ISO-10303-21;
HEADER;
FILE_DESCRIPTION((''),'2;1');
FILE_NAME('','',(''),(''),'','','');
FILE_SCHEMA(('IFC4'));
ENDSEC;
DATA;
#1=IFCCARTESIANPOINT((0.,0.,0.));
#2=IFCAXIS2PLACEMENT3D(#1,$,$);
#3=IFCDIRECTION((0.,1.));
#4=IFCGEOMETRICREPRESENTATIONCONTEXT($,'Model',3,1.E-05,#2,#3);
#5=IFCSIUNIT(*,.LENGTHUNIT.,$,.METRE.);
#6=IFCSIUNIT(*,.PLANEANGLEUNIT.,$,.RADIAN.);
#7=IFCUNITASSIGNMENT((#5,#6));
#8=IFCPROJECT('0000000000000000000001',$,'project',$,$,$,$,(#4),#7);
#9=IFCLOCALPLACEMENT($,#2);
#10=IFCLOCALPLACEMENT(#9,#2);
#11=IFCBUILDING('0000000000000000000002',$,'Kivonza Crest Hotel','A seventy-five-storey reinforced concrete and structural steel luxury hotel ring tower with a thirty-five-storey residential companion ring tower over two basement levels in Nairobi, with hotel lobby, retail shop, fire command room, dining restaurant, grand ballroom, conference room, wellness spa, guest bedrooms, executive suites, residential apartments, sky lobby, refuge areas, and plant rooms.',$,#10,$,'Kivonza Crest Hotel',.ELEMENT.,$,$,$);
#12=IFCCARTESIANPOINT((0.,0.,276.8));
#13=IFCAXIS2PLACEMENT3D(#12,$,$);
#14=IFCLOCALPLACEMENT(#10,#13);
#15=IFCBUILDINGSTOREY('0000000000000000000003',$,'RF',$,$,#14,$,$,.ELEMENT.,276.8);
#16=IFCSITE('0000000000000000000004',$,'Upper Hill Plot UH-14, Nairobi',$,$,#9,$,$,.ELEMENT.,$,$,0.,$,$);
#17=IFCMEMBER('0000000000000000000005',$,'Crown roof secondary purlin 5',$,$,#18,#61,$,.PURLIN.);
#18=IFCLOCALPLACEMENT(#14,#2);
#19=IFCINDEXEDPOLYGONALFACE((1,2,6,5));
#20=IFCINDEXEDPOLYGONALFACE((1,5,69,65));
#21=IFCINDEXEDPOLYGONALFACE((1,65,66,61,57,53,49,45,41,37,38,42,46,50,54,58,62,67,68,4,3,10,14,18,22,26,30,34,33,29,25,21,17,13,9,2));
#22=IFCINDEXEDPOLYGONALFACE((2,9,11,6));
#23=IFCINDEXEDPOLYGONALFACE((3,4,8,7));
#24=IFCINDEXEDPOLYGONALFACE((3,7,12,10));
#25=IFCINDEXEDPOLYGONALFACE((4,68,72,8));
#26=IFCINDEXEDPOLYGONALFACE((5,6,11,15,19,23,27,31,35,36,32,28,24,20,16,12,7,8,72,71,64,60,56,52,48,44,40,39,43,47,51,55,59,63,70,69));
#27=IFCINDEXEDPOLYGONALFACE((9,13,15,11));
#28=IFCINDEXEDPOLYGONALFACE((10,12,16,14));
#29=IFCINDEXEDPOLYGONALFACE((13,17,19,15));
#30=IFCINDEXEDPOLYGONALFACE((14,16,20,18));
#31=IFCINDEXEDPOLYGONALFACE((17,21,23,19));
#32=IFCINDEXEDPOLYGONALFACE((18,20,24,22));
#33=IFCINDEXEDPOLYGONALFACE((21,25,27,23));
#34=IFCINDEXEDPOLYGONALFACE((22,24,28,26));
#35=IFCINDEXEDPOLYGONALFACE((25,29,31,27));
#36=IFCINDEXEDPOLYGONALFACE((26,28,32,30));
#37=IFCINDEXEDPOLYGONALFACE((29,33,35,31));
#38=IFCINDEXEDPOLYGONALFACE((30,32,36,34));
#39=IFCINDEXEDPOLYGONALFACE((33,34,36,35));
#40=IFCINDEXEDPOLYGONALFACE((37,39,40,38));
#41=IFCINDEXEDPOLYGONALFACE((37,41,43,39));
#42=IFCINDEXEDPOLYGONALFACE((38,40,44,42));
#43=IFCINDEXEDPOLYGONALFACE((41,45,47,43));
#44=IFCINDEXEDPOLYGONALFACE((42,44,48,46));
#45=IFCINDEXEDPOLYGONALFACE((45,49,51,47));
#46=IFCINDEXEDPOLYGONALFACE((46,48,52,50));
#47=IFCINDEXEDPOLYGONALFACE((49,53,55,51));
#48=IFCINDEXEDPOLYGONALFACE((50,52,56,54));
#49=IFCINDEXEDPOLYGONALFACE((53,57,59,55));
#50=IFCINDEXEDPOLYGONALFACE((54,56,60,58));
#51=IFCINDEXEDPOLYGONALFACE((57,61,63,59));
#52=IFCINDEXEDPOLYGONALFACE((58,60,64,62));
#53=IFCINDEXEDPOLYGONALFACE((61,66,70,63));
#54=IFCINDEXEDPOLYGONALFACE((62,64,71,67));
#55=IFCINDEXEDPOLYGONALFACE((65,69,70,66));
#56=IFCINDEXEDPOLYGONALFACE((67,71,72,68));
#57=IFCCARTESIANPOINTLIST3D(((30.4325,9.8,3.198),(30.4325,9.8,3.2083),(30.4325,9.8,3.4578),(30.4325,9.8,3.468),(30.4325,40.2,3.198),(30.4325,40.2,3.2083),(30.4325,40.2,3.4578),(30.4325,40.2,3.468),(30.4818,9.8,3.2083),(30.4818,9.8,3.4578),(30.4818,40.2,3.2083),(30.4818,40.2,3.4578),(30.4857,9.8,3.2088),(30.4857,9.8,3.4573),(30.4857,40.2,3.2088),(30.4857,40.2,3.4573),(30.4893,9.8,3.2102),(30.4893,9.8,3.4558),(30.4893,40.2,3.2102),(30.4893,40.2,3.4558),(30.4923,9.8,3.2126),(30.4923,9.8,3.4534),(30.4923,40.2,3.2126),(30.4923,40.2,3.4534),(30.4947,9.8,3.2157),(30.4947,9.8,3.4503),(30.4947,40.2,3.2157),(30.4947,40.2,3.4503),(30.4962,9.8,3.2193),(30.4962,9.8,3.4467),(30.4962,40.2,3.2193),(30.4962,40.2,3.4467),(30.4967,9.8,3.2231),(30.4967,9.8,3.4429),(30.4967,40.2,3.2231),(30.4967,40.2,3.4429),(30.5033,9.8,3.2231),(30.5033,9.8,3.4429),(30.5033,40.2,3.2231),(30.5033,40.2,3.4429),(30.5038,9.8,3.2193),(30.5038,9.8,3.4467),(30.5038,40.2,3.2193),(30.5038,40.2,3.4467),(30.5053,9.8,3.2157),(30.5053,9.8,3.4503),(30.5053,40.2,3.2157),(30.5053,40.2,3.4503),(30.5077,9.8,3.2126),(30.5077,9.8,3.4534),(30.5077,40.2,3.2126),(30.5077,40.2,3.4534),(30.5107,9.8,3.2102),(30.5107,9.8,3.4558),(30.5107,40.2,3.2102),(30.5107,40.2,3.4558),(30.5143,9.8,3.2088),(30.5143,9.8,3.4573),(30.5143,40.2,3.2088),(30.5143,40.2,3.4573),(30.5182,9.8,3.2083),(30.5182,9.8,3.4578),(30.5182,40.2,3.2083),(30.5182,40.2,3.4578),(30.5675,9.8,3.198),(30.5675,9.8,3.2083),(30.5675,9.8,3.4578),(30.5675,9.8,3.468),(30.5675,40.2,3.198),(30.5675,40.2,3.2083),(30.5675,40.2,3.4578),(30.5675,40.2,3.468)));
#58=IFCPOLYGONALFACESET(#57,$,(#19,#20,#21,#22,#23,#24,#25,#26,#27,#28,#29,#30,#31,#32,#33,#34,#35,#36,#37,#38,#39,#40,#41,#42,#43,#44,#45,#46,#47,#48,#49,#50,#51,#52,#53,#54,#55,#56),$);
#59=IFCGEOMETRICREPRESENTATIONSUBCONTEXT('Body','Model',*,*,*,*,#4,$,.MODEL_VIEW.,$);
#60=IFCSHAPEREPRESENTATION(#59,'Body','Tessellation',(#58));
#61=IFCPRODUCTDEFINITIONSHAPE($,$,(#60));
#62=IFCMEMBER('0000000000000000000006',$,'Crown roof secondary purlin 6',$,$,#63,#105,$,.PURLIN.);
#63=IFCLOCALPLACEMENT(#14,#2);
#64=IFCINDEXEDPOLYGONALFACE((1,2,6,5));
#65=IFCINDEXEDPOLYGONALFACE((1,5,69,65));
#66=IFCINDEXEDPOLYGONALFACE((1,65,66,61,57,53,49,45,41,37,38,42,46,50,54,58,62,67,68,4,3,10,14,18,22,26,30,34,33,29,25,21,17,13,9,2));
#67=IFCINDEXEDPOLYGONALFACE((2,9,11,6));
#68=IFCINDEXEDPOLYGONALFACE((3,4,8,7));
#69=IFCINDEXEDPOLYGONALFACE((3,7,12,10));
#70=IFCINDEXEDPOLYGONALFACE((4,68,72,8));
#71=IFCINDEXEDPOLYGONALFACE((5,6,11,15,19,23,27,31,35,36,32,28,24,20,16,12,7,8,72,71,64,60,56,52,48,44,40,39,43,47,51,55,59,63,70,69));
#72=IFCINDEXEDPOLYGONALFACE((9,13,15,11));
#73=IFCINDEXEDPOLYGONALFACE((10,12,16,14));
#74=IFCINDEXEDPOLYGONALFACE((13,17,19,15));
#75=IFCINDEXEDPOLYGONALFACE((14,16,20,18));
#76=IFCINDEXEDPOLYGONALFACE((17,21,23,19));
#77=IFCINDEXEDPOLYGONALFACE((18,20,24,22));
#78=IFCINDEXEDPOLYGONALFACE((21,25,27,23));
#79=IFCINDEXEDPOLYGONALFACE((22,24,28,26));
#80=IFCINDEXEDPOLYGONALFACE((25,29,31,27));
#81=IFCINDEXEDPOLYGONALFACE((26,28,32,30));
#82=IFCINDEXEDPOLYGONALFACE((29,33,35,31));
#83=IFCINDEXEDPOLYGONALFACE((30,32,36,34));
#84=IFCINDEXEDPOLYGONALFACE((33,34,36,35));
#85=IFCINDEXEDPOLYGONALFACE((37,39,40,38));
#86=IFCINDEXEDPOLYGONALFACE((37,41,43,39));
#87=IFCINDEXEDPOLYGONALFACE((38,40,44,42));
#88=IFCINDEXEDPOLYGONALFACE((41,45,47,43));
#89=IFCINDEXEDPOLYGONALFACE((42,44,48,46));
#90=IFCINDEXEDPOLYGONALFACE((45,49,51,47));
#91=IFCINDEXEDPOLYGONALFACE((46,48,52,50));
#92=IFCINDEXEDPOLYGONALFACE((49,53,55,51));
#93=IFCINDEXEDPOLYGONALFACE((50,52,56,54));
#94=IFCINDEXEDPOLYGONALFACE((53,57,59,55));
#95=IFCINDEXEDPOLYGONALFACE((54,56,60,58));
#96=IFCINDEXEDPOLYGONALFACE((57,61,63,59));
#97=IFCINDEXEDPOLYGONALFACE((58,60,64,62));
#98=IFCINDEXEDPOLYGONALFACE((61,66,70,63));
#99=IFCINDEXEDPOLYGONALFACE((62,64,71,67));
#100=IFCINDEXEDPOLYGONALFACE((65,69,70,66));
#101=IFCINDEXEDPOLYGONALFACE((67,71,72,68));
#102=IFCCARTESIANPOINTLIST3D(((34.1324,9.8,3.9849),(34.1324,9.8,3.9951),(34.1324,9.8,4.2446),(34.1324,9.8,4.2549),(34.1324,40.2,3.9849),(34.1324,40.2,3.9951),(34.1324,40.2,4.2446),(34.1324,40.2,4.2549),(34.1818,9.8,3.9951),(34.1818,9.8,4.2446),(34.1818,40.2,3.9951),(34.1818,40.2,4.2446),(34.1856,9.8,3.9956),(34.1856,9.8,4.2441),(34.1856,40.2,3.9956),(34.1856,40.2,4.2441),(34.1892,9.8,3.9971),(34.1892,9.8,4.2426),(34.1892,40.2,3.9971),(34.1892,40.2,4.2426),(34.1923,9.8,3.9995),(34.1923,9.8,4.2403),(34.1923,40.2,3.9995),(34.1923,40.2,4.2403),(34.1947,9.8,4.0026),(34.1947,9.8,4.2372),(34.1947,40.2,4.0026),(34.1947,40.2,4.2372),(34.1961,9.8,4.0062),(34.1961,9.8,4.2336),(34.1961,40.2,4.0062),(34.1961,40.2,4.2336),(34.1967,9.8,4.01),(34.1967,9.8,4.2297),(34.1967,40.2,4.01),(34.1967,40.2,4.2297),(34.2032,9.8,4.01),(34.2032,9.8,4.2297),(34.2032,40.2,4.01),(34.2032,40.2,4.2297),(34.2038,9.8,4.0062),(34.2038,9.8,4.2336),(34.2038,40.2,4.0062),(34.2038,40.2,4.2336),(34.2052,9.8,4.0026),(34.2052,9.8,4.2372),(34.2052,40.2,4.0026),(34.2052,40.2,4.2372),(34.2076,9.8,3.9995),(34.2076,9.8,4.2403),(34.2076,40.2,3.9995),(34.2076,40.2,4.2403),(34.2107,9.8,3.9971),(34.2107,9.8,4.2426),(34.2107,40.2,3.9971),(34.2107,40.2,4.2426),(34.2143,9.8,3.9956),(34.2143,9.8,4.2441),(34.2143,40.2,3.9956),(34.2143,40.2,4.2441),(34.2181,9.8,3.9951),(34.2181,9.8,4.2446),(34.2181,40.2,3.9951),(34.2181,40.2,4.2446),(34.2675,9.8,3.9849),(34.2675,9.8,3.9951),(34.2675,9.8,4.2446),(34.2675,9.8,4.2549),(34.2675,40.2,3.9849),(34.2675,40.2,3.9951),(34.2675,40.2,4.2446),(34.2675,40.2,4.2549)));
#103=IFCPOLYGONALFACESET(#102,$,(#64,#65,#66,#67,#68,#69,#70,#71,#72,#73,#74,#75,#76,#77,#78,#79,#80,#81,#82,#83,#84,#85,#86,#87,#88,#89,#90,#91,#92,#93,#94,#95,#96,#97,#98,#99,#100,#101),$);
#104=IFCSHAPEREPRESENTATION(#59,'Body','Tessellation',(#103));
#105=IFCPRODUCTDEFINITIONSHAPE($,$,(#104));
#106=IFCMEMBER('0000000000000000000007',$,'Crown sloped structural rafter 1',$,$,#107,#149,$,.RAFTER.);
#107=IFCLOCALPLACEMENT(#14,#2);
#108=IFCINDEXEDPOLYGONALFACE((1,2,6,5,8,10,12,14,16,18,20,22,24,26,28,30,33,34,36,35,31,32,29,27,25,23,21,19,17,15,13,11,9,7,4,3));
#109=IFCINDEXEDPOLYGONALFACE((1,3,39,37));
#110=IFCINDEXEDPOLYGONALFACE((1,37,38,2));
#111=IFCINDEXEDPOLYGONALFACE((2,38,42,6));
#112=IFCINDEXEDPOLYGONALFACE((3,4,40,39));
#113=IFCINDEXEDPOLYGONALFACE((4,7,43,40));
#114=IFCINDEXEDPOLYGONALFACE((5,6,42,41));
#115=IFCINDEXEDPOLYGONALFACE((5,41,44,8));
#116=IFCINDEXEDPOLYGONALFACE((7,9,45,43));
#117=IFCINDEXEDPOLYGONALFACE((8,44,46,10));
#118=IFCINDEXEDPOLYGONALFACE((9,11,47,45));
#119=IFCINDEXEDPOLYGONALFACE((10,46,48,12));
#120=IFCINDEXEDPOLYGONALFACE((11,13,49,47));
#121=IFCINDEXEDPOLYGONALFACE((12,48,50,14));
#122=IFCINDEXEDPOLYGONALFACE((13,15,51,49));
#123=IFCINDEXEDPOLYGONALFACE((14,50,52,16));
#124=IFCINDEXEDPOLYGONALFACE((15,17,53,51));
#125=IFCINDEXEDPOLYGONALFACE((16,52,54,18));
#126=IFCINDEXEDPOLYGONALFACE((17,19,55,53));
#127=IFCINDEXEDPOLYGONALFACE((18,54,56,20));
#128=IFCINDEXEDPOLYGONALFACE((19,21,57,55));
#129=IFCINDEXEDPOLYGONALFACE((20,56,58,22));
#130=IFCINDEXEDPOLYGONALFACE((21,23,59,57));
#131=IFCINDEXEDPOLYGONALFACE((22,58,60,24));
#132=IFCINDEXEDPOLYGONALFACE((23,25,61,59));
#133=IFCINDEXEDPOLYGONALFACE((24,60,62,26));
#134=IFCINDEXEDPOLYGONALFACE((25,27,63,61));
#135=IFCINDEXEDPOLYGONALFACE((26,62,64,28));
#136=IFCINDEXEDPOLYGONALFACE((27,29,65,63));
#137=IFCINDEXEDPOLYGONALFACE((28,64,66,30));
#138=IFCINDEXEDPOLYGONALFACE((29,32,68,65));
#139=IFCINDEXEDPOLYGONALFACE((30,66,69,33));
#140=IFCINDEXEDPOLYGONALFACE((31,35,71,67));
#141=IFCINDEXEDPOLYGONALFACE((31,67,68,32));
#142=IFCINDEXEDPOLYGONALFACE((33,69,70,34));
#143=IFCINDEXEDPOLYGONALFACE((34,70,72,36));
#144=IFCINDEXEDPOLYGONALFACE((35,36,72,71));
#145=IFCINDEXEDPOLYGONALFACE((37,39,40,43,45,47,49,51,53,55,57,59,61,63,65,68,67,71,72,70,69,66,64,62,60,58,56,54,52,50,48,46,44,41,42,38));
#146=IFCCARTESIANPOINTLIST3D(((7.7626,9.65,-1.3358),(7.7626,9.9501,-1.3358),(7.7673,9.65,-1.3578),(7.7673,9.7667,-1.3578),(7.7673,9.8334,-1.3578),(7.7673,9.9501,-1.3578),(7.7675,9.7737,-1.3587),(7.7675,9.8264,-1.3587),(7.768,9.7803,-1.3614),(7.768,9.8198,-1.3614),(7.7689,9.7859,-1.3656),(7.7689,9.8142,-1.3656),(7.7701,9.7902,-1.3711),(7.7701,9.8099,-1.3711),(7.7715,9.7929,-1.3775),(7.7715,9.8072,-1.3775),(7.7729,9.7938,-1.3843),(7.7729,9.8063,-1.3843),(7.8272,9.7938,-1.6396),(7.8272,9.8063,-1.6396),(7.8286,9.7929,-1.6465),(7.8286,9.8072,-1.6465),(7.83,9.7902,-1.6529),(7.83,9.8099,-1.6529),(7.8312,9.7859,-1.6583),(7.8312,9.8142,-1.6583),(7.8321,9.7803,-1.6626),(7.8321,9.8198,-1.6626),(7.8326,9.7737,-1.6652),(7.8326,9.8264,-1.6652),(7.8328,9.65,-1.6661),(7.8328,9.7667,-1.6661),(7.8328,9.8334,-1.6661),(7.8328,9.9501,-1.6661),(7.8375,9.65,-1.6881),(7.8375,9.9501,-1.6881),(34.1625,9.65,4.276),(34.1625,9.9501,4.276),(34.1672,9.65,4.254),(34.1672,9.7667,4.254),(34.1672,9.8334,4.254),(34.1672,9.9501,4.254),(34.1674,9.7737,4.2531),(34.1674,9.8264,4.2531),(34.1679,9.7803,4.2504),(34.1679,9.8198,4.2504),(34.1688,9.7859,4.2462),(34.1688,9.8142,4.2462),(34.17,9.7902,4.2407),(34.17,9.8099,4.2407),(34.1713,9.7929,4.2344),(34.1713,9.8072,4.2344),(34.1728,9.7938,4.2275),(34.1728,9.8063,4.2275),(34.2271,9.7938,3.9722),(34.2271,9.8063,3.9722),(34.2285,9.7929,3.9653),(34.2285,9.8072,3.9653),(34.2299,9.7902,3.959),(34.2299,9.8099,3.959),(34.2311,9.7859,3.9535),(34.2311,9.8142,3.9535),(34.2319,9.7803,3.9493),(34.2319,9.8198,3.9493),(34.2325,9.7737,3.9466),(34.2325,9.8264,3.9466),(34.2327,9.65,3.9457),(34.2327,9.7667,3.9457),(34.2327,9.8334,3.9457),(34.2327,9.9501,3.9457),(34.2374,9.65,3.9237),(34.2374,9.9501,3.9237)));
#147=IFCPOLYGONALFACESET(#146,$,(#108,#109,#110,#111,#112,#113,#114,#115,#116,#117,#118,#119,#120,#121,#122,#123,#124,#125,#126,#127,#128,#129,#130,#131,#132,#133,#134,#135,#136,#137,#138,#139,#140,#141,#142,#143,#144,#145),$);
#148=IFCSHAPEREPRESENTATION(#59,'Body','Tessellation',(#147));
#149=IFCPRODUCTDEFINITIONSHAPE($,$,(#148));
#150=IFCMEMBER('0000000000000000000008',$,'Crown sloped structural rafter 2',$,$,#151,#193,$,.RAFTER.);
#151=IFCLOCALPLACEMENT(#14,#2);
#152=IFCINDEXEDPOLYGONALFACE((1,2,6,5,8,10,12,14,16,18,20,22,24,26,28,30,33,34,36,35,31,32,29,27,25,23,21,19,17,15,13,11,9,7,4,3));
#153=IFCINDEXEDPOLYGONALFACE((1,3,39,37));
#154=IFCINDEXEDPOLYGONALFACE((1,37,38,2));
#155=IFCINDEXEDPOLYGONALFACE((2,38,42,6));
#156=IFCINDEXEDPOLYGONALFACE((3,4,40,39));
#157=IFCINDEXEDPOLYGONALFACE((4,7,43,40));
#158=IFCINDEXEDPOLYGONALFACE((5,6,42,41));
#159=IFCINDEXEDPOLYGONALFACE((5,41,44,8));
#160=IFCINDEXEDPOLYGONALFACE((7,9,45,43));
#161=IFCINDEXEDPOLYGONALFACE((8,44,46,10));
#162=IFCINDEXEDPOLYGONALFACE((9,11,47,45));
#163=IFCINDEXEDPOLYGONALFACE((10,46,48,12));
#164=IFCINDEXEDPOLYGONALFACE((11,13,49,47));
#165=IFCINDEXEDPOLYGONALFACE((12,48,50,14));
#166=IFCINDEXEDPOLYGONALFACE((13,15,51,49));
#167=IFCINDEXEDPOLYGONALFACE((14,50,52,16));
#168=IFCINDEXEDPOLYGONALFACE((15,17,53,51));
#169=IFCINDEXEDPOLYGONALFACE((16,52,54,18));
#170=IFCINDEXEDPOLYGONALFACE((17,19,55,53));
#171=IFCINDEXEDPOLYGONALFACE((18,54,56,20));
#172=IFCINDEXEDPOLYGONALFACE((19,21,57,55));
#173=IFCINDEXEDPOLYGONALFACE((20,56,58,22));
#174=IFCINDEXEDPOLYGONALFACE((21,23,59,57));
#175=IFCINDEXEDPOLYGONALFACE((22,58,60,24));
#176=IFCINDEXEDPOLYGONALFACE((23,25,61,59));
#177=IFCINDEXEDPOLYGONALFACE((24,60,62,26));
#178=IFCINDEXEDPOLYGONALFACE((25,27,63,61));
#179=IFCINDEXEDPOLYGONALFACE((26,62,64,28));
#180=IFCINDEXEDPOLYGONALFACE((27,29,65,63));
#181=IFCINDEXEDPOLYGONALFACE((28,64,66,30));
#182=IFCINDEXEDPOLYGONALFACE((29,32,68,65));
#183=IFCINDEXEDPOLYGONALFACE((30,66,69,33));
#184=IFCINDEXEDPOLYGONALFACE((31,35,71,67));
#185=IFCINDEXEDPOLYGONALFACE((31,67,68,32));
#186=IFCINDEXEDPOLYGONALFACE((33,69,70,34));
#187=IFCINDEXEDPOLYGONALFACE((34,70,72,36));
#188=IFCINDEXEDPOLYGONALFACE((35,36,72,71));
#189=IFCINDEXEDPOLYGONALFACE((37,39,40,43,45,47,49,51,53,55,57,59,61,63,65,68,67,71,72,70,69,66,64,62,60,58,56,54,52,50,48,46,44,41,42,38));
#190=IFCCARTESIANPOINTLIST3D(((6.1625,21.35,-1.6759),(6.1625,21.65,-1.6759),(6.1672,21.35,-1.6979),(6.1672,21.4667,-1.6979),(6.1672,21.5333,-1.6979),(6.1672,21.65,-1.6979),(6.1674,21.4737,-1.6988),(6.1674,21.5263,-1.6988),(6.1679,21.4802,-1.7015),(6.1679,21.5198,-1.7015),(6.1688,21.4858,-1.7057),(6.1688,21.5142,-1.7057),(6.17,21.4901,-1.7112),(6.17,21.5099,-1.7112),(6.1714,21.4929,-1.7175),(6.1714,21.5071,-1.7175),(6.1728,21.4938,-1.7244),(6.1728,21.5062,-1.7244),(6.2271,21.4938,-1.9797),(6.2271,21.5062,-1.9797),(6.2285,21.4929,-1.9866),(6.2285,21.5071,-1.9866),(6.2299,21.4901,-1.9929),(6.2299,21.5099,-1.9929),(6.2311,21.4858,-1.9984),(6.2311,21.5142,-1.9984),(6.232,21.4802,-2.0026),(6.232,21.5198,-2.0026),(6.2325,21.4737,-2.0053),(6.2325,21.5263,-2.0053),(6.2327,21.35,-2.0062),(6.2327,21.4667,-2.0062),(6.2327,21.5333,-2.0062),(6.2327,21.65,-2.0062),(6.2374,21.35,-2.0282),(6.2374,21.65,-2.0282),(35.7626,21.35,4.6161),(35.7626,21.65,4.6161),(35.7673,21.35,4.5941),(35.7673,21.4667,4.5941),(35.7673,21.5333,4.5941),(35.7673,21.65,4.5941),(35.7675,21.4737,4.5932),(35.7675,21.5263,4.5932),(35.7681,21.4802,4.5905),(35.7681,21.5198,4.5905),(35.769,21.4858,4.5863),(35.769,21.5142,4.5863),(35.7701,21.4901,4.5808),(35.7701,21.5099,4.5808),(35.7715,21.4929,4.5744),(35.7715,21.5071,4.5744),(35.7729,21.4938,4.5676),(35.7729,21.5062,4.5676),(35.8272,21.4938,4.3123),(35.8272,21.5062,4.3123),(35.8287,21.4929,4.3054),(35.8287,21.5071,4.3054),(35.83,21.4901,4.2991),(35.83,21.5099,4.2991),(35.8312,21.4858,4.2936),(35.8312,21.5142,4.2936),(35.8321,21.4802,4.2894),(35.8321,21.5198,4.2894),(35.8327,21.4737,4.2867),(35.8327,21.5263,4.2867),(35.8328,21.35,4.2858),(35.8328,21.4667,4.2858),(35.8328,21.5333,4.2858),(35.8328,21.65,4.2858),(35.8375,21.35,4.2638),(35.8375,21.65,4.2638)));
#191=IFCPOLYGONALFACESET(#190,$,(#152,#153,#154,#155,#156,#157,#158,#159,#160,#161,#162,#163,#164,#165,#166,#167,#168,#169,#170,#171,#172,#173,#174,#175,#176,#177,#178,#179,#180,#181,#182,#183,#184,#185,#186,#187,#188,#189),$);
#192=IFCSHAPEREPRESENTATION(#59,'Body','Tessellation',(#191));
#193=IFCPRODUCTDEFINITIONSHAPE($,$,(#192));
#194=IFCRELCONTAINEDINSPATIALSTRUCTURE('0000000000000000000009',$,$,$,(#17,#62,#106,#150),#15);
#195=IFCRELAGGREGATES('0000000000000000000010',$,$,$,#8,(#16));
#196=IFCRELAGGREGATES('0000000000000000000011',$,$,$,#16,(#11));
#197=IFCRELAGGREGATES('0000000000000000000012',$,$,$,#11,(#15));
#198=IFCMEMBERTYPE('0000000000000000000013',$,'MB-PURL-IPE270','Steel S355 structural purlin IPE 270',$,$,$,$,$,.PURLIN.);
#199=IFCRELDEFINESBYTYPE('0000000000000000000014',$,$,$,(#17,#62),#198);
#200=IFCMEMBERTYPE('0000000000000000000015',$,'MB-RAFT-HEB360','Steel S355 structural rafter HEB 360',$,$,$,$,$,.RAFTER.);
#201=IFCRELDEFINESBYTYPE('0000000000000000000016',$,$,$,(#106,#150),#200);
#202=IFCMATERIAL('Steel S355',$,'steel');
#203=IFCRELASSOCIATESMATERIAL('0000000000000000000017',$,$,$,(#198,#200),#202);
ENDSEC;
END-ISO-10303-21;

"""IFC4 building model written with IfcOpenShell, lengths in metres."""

from ifc_helpers import new_model, si_unit, direction, frame, origin, origin_2d, place, context, subcontext, project, spatial, i_section, extrude, material, material_profile, profile_set, type_object, element, save


model = new_model("IFC4")

# Units and contexts
model_context = context("Model", 3, precision=1e-05, world=origin(), true_north=direction((0.0, 1.0)))
body_context = subcontext(model_context, "Body", "Model", "MODEL_VIEW")
ifc_project = project(units=[si_unit("LENGTHUNIT", "METRE"), si_unit("PLANEANGLEUNIT", "RADIAN")], contexts=[model_context])

# Site, building, storey
site_placement = place(None, origin())
site = spatial("IfcSite", under=ifc_project, at=site_placement, Name="Upper Hill Plot UH-14, Nairobi", CompositionType="ELEMENT", RefElevation=0.0)
building_placement = place(site_placement, origin())
building = spatial("IfcBuilding", under=site, at=building_placement, Name="Kivonza Crest Hotel", Description="A seventy-five-storey reinforced concrete and structural steel luxury hotel ring tower with a thirty-five-storey residential companion ring tower over two basement levels in Nairobi, with hotel lobby, retail shop, fire command room, dining restaurant, grand ballroom, conference room, wellness spa, guest bedrooms, executive suites, residential apartments, sky lobby, refuge areas, and plant rooms.", LongName="Kivonza Crest Hotel", CompositionType="ELEMENT")
storey_placement = place(building_placement, frame((0.0, 0.0, 276.8)))
storey = spatial("IfcBuildingStorey", under=building, at=storey_placement, Name="RF", CompositionType="ELEMENT", Elevation=276.8)

# Shared definitions
ifc_material_1 = material(Name="Steel S355", Category="steel")

# Members
ifc_material_profile_1 = material_profile(ifc_material_1, i_section(OverallWidth=0.135, OverallDepth=0.27, WebThickness=0.0066, FlangeThickness=0.0103, FilletRadius=0.0149, at=origin_2d()), Name="IPE 270")
ifc_profile_set_1 = profile_set([ifc_material_profile_1], Name="Steel S355")
member_type_1 = type_object("IfcMemberType", Name="MB-PURL-IPE270", Description="Steel S355 structural purlin IPE 270", PredefinedType="PURLIN", material=ifc_profile_set_1)
for number, where, z_axis, x_axis, name in (
    (1, (30.5, 9.8, 3.333), (0.0, 1.0, 0.0), (-1.0, 0.0, 0.0), "Crown roof secondary purlin 5"),
    (2, (34.2, 9.8, 4.1199), (0.0, 1.0, 0.0), (-1.0, 0.0, 0.0), "Crown roof secondary purlin 6"),
):
    element("IfcMember", number, at=place(storey_placement, frame(where, z_axis=z_axis, x_axis=x_axis)), inside=storey, type_object=member_type_1, Name=name, PredefinedType="PURLIN", context=body_context, shape_type="SweptSolid", body=[
        extrude(i_section(OverallWidth=0.135, OverallDepth=0.27, WebThickness=0.0066, FlangeThickness=0.0103, FilletRadius=0.0149, at=origin_2d()), origin(), (0.0, 0.0, 1.0), 30.3999),
    ])
ifc_material_profile_2 = material_profile(ifc_material_1, i_section(OverallWidth=0.3, OverallDepth=0.3601, WebThickness=0.0125, FlangeThickness=0.0225, FilletRadius=0.0271, at=origin_2d()), Name="HEB 360")
ifc_profile_set_2 = profile_set([ifc_material_profile_2], Name="Steel S355")
member_type_2 = type_object("IfcMemberType", Name="MB-RAFT-HEB360", Description="Steel S355 structural rafter HEB 360", PredefinedType="RAFTER", material=ifc_profile_set_2)
member_1_placement = place(storey_placement, frame((7.8, 9.8, -1.512), z_axis=(0.978145, 0.0, 0.207924), x_axis=(0.0, 1.0, 0.0)))
element("IfcMember", 3, at=member_1_placement, inside=storey, type_object=member_type_2, Name="Crown sloped structural rafter 1", PredefinedType="RAFTER", context=body_context, shape_type="SweptSolid", body=[
    extrude(i_section(OverallWidth=0.3, OverallDepth=0.3601, WebThickness=0.0125, FlangeThickness=0.0225, FilletRadius=0.0271, at=origin_2d()), origin(), (0.0, 0.0, 1.0), 26.9897),
])
for number, where, z_axis, x_axis, name in (
    (4, (6.2, 21.5, -1.8521), (0.978146, 0.0, 0.207921), (0.0, 1.0, 0.0), "Crown sloped structural rafter 2"),
):
    element("IfcMember", number, at=place(storey_placement, frame(where, z_axis=z_axis, x_axis=x_axis)), inside=storey, type_object=member_type_2, Name=name, PredefinedType="RAFTER", context=body_context, shape_type="SweptSolid", body=[
        extrude(i_section(OverallWidth=0.3, OverallDepth=0.3601, WebThickness=0.0125, FlangeThickness=0.0225, FilletRadius=0.0271, at=origin_2d()), origin(), (0.0, 0.0, 1.0), 30.2615),
    ])

save(model, "model.ifc")
